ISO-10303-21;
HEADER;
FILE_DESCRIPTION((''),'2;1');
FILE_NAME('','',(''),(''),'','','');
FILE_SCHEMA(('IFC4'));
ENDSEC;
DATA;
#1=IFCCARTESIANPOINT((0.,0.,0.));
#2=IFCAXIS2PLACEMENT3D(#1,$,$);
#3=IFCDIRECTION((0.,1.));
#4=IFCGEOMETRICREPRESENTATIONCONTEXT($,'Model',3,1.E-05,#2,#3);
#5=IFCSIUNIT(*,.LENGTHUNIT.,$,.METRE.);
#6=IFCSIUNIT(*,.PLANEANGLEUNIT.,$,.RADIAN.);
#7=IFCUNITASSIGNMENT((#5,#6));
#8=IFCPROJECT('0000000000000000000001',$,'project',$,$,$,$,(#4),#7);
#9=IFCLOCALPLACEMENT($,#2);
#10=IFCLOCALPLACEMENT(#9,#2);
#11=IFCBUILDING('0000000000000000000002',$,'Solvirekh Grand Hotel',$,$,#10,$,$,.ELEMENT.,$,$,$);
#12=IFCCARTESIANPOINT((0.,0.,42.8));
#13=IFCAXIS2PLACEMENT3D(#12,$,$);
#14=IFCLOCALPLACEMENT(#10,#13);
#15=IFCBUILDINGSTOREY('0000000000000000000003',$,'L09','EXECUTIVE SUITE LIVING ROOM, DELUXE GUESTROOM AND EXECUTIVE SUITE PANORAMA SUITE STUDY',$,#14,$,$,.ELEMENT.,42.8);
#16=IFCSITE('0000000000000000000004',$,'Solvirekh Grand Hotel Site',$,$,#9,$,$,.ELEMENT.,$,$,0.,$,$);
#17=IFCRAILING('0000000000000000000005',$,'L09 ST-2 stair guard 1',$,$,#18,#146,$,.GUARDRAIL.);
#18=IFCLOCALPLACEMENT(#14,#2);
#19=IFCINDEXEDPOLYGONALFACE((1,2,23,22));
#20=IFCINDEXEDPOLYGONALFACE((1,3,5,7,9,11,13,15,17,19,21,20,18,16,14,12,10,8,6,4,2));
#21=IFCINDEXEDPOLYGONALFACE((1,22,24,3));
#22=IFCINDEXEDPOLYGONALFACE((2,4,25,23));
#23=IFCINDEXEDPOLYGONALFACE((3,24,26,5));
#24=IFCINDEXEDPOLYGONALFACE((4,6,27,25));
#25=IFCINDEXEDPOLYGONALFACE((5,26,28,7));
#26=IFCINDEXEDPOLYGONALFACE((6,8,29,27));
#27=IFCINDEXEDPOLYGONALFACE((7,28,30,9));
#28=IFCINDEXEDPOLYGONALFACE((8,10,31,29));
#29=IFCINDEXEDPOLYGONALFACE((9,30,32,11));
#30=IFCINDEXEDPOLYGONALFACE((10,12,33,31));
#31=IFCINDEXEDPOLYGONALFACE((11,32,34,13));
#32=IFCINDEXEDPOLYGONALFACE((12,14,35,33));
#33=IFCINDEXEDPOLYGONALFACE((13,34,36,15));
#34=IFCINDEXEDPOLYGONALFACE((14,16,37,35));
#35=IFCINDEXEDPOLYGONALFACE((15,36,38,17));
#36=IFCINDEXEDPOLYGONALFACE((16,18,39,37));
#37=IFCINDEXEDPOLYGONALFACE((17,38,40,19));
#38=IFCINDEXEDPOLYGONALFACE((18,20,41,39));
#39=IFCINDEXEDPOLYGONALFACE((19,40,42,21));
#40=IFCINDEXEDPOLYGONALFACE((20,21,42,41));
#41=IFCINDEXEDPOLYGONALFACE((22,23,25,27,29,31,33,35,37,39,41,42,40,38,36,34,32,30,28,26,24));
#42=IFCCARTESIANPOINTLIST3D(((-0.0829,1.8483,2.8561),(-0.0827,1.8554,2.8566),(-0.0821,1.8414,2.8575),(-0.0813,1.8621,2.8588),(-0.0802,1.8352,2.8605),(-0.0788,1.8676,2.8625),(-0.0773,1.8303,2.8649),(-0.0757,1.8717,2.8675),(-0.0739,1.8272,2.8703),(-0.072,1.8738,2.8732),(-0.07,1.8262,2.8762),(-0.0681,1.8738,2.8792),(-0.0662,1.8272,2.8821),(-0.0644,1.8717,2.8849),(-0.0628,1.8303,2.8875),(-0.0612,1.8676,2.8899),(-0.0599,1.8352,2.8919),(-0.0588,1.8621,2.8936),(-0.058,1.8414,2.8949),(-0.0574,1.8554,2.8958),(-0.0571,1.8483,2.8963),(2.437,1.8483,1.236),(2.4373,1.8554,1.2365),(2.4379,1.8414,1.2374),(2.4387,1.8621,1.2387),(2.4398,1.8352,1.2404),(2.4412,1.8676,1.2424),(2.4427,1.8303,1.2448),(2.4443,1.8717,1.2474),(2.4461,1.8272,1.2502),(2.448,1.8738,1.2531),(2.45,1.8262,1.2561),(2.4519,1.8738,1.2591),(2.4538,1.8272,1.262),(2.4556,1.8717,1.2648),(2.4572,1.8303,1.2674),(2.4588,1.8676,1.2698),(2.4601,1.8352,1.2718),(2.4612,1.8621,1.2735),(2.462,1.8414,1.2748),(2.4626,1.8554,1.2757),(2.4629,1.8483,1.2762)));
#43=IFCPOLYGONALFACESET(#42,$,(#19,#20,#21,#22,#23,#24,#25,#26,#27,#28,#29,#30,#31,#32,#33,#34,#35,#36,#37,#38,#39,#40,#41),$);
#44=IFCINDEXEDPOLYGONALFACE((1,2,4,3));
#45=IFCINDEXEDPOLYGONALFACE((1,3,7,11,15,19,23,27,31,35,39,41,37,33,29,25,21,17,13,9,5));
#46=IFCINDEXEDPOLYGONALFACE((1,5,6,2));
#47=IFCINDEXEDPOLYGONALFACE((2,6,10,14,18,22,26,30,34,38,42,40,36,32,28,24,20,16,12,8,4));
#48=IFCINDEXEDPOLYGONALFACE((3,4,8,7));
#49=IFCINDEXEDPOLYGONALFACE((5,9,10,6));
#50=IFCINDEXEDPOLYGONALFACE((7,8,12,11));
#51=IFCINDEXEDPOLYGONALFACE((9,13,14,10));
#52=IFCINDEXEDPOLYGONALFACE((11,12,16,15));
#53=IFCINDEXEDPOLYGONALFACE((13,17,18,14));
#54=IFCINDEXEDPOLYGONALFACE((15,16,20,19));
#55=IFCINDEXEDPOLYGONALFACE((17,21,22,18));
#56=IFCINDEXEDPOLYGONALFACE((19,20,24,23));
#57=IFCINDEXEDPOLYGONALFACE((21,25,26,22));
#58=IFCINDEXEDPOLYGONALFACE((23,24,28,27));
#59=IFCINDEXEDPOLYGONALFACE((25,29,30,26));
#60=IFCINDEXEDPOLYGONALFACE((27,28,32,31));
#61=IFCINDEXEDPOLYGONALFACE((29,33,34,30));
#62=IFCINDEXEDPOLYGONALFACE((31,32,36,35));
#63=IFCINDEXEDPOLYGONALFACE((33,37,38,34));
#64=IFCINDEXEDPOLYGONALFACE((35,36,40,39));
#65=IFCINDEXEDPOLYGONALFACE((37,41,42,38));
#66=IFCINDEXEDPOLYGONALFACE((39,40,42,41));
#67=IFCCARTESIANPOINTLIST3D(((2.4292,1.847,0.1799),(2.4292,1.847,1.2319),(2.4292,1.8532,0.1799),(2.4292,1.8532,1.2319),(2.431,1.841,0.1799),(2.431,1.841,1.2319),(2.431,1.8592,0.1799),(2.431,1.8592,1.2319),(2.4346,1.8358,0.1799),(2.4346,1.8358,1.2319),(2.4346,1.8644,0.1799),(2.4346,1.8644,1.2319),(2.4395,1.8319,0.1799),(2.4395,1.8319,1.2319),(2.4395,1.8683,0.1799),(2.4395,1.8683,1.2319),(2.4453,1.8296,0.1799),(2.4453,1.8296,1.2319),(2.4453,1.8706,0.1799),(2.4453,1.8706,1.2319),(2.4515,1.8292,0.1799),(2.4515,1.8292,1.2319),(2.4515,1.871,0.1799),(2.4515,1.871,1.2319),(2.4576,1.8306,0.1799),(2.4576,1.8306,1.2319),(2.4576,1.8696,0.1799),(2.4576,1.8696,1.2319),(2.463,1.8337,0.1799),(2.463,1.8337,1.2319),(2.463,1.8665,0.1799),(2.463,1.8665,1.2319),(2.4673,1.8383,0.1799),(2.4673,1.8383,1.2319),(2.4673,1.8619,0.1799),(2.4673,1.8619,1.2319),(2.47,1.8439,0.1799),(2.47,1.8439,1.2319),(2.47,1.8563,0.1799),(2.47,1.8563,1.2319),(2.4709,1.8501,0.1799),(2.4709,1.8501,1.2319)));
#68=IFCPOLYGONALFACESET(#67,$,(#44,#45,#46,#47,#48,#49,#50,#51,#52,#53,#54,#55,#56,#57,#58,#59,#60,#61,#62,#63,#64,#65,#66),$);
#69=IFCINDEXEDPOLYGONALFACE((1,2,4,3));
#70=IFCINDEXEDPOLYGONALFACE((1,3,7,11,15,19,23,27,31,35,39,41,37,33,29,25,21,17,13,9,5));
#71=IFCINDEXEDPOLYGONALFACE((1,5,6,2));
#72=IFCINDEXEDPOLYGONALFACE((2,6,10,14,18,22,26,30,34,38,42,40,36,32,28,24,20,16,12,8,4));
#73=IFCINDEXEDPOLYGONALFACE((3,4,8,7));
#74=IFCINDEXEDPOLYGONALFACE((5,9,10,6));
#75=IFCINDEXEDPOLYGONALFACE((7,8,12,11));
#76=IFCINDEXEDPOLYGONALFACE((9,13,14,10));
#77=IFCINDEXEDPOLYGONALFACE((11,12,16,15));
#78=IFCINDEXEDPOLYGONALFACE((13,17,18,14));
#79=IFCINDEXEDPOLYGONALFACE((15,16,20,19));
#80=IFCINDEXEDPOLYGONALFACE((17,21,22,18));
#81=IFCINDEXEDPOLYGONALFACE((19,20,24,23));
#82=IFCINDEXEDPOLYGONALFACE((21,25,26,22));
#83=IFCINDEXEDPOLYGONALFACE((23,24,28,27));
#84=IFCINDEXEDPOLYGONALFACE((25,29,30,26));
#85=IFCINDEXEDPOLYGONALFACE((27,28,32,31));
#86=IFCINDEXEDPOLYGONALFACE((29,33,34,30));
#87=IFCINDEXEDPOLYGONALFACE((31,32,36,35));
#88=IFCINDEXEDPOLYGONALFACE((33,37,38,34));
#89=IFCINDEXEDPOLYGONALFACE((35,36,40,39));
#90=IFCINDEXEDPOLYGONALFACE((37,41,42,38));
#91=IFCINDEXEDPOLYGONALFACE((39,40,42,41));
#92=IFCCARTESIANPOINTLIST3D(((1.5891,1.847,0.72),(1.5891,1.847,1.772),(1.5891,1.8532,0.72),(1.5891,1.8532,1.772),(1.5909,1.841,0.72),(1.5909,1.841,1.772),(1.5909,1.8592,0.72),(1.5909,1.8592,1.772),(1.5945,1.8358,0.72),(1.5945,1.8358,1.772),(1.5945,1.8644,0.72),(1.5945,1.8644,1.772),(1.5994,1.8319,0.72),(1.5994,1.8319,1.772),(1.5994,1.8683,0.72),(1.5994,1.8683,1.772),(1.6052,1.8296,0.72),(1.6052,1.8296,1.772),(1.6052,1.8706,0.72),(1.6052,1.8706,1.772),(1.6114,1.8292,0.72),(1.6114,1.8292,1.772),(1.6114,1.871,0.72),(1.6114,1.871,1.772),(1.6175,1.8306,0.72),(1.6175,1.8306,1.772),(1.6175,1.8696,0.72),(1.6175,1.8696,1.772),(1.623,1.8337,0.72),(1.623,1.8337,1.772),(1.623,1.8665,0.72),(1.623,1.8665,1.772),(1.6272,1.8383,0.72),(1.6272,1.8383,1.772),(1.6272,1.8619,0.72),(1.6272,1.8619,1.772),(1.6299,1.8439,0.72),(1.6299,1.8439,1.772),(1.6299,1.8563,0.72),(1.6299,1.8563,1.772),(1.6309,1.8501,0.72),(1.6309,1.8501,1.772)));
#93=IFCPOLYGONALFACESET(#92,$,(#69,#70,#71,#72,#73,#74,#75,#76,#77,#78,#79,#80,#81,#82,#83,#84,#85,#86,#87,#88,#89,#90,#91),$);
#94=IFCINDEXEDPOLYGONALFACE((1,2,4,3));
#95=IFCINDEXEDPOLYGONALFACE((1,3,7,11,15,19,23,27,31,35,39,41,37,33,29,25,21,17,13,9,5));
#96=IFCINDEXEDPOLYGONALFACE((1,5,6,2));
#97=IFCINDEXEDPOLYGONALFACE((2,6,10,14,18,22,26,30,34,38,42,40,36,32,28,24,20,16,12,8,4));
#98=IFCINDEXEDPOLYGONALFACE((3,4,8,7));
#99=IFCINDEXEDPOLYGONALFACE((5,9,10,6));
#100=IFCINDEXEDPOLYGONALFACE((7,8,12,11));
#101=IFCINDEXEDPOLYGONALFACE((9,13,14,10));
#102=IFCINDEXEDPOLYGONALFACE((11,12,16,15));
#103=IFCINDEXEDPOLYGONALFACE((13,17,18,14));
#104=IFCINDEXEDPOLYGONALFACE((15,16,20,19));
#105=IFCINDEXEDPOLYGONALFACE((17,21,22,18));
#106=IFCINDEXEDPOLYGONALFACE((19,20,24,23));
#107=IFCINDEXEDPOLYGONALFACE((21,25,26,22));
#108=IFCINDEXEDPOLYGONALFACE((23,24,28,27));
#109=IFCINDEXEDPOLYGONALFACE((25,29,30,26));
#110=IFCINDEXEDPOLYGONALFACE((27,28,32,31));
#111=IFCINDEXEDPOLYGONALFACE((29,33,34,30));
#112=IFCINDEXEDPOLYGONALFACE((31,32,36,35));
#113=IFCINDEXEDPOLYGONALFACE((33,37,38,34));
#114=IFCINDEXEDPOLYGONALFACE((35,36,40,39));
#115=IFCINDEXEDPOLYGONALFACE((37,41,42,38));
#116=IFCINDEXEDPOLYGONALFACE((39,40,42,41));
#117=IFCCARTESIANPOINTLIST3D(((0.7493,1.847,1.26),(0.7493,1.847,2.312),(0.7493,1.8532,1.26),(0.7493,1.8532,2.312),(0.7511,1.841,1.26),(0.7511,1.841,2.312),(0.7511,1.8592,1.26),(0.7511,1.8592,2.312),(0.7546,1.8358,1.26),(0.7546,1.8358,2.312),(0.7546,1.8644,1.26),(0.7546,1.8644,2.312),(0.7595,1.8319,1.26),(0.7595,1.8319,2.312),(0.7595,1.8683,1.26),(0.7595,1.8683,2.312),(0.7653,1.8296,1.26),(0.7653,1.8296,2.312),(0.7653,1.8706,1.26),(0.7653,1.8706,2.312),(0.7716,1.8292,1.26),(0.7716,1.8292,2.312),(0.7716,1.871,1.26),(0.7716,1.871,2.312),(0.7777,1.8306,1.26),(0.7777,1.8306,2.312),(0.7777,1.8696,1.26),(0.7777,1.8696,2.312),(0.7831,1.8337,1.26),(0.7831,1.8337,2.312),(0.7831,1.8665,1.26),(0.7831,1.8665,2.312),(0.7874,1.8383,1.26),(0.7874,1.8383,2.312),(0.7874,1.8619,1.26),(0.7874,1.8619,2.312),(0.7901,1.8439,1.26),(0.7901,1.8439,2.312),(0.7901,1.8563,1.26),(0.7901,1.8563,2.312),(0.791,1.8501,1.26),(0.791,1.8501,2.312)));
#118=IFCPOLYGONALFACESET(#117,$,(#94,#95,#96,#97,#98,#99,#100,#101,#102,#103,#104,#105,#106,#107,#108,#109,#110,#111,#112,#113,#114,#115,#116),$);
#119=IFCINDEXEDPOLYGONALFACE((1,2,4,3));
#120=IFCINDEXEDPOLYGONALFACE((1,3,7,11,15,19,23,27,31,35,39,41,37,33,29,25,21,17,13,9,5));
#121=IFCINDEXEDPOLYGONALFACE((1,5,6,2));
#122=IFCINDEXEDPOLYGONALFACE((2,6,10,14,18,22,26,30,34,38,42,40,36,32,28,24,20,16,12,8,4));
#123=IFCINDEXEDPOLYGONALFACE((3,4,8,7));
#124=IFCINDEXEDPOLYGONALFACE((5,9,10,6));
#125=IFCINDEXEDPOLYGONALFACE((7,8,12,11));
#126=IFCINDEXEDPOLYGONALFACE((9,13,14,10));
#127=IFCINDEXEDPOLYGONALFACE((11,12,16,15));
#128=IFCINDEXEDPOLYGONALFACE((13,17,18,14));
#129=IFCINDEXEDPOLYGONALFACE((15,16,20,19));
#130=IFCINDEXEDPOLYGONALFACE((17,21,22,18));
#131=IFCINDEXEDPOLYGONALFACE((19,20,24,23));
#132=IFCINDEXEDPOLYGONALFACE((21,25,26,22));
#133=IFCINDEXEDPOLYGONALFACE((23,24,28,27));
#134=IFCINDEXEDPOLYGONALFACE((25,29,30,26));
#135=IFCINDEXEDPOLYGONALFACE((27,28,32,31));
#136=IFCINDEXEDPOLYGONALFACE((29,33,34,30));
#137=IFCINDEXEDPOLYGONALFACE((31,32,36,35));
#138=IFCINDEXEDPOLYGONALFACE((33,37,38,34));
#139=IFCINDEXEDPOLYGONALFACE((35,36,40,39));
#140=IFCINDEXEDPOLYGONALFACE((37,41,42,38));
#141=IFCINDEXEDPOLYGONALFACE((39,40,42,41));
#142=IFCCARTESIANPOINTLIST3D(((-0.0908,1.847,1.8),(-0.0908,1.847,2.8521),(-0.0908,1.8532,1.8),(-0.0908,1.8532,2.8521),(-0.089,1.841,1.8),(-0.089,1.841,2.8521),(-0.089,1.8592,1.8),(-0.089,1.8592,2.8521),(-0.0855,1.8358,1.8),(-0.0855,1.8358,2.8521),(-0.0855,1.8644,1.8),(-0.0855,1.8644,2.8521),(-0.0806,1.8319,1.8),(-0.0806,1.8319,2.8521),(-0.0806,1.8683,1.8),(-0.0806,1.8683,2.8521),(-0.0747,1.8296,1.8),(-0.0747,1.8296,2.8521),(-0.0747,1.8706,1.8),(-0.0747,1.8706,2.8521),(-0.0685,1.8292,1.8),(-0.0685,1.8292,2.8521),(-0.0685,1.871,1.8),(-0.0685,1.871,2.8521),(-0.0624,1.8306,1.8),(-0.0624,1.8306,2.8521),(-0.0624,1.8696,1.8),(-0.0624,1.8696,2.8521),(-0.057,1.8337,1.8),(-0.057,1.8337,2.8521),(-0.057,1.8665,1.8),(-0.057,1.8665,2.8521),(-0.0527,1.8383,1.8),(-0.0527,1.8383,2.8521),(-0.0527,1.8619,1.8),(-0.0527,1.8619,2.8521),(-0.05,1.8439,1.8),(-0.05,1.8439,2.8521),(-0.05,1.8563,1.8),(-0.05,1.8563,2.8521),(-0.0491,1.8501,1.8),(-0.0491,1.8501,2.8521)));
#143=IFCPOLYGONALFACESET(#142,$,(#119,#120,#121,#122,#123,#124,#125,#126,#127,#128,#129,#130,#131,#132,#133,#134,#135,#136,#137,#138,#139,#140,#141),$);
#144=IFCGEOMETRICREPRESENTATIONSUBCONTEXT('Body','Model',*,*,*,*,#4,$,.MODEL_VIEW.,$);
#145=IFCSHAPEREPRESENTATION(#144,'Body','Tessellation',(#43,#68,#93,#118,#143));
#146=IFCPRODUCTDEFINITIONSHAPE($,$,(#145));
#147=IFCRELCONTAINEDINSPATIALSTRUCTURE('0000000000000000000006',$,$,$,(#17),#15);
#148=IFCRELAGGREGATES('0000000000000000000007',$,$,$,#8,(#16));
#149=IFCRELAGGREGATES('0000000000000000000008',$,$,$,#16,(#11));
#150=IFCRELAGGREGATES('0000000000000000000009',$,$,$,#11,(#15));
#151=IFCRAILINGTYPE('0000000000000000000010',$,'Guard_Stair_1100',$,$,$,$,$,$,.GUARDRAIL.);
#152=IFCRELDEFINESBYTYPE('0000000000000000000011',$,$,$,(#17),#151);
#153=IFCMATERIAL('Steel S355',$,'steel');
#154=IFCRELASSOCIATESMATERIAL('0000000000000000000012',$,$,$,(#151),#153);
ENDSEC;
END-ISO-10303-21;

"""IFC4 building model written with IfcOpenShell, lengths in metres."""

from ifc_helpers import new_model, si_unit, direction, frame, origin, origin_2d, place, context, subcontext, project, spatial, circle, extrude, material, type_object, element, save


model = new_model("IFC4")

# Units and contexts
model_context = context("Model", 3, precision=1e-05, world=origin(), true_north=direction((0.0, 1.0)))
body_context = subcontext(model_context, "Body", "Model", "MODEL_VIEW")
ifc_project = project(units=[si_unit("LENGTHUNIT", "METRE"), si_unit("PLANEANGLEUNIT", "RADIAN")], contexts=[model_context])

# Site, building, storey
site_placement = place(None, origin())
site = spatial("IfcSite", under=ifc_project, at=site_placement, Name="Solvirekh Grand Hotel Site", CompositionType="ELEMENT", RefElevation=0.0)
building_placement = place(site_placement, origin())
building = spatial("IfcBuilding", under=site, at=building_placement, Name="Solvirekh Grand Hotel", CompositionType="ELEMENT")
storey_placement = place(building_placement, frame((0.0, 0.0, 42.8)))
storey = spatial("IfcBuildingStorey", under=building, at=storey_placement, Name="L09", Description="EXECUTIVE SUITE LIVING ROOM, DELUXE GUESTROOM AND EXECUTIVE SUITE PANORAMA SUITE STUDY", CompositionType="ELEMENT", Elevation=42.8)

# Shared definitions
ifc_material_1 = material(Name="Steel S355", Category="steel")

# Railing
railing_type_1 = type_object("IfcRailingType", Name="Guard_Stair_1100", PredefinedType="GUARDRAIL", material=ifc_material_1)
railing_1_placement = place(storey_placement, frame((2.45, 1.8501, 0.1799)))
element("IfcRailing", 1, at=railing_1_placement, inside=storey, type_object=railing_type_1, Name="L09 ST-2 stair guard 1", PredefinedType="GUARDRAIL", context=body_context, shape_type="SweptSolid", body=[
    extrude(circle(Radius=0.0239, at=origin_2d()), frame((0.0, 0.0, 1.0762), z_axis=(-0.841163, 0.0, 0.540782), x_axis=(0.0, -1.0, 0.0)), (0.0, 0.0, 1.0), 2.9958),
    extrude(circle(Radius=0.021, at=origin_2d()), origin(), (0.0, 0.0, 1.0), 1.052),
    extrude(circle(Radius=0.021, at=origin_2d()), frame((-0.8401, 0.0, 0.54)), (0.0, 0.0, 1.0), 1.052),
    extrude(circle(Radius=0.021, at=origin_2d()), frame((-1.6799, 0.0, 1.0801)), (0.0, 0.0, 1.0), 1.052),
    extrude(circle(Radius=0.021, at=origin_2d()), frame((-2.52, 0.0, 1.6201)), (0.0, 0.0, 1.0), 1.052),
])

save(model, "model.ifc")
